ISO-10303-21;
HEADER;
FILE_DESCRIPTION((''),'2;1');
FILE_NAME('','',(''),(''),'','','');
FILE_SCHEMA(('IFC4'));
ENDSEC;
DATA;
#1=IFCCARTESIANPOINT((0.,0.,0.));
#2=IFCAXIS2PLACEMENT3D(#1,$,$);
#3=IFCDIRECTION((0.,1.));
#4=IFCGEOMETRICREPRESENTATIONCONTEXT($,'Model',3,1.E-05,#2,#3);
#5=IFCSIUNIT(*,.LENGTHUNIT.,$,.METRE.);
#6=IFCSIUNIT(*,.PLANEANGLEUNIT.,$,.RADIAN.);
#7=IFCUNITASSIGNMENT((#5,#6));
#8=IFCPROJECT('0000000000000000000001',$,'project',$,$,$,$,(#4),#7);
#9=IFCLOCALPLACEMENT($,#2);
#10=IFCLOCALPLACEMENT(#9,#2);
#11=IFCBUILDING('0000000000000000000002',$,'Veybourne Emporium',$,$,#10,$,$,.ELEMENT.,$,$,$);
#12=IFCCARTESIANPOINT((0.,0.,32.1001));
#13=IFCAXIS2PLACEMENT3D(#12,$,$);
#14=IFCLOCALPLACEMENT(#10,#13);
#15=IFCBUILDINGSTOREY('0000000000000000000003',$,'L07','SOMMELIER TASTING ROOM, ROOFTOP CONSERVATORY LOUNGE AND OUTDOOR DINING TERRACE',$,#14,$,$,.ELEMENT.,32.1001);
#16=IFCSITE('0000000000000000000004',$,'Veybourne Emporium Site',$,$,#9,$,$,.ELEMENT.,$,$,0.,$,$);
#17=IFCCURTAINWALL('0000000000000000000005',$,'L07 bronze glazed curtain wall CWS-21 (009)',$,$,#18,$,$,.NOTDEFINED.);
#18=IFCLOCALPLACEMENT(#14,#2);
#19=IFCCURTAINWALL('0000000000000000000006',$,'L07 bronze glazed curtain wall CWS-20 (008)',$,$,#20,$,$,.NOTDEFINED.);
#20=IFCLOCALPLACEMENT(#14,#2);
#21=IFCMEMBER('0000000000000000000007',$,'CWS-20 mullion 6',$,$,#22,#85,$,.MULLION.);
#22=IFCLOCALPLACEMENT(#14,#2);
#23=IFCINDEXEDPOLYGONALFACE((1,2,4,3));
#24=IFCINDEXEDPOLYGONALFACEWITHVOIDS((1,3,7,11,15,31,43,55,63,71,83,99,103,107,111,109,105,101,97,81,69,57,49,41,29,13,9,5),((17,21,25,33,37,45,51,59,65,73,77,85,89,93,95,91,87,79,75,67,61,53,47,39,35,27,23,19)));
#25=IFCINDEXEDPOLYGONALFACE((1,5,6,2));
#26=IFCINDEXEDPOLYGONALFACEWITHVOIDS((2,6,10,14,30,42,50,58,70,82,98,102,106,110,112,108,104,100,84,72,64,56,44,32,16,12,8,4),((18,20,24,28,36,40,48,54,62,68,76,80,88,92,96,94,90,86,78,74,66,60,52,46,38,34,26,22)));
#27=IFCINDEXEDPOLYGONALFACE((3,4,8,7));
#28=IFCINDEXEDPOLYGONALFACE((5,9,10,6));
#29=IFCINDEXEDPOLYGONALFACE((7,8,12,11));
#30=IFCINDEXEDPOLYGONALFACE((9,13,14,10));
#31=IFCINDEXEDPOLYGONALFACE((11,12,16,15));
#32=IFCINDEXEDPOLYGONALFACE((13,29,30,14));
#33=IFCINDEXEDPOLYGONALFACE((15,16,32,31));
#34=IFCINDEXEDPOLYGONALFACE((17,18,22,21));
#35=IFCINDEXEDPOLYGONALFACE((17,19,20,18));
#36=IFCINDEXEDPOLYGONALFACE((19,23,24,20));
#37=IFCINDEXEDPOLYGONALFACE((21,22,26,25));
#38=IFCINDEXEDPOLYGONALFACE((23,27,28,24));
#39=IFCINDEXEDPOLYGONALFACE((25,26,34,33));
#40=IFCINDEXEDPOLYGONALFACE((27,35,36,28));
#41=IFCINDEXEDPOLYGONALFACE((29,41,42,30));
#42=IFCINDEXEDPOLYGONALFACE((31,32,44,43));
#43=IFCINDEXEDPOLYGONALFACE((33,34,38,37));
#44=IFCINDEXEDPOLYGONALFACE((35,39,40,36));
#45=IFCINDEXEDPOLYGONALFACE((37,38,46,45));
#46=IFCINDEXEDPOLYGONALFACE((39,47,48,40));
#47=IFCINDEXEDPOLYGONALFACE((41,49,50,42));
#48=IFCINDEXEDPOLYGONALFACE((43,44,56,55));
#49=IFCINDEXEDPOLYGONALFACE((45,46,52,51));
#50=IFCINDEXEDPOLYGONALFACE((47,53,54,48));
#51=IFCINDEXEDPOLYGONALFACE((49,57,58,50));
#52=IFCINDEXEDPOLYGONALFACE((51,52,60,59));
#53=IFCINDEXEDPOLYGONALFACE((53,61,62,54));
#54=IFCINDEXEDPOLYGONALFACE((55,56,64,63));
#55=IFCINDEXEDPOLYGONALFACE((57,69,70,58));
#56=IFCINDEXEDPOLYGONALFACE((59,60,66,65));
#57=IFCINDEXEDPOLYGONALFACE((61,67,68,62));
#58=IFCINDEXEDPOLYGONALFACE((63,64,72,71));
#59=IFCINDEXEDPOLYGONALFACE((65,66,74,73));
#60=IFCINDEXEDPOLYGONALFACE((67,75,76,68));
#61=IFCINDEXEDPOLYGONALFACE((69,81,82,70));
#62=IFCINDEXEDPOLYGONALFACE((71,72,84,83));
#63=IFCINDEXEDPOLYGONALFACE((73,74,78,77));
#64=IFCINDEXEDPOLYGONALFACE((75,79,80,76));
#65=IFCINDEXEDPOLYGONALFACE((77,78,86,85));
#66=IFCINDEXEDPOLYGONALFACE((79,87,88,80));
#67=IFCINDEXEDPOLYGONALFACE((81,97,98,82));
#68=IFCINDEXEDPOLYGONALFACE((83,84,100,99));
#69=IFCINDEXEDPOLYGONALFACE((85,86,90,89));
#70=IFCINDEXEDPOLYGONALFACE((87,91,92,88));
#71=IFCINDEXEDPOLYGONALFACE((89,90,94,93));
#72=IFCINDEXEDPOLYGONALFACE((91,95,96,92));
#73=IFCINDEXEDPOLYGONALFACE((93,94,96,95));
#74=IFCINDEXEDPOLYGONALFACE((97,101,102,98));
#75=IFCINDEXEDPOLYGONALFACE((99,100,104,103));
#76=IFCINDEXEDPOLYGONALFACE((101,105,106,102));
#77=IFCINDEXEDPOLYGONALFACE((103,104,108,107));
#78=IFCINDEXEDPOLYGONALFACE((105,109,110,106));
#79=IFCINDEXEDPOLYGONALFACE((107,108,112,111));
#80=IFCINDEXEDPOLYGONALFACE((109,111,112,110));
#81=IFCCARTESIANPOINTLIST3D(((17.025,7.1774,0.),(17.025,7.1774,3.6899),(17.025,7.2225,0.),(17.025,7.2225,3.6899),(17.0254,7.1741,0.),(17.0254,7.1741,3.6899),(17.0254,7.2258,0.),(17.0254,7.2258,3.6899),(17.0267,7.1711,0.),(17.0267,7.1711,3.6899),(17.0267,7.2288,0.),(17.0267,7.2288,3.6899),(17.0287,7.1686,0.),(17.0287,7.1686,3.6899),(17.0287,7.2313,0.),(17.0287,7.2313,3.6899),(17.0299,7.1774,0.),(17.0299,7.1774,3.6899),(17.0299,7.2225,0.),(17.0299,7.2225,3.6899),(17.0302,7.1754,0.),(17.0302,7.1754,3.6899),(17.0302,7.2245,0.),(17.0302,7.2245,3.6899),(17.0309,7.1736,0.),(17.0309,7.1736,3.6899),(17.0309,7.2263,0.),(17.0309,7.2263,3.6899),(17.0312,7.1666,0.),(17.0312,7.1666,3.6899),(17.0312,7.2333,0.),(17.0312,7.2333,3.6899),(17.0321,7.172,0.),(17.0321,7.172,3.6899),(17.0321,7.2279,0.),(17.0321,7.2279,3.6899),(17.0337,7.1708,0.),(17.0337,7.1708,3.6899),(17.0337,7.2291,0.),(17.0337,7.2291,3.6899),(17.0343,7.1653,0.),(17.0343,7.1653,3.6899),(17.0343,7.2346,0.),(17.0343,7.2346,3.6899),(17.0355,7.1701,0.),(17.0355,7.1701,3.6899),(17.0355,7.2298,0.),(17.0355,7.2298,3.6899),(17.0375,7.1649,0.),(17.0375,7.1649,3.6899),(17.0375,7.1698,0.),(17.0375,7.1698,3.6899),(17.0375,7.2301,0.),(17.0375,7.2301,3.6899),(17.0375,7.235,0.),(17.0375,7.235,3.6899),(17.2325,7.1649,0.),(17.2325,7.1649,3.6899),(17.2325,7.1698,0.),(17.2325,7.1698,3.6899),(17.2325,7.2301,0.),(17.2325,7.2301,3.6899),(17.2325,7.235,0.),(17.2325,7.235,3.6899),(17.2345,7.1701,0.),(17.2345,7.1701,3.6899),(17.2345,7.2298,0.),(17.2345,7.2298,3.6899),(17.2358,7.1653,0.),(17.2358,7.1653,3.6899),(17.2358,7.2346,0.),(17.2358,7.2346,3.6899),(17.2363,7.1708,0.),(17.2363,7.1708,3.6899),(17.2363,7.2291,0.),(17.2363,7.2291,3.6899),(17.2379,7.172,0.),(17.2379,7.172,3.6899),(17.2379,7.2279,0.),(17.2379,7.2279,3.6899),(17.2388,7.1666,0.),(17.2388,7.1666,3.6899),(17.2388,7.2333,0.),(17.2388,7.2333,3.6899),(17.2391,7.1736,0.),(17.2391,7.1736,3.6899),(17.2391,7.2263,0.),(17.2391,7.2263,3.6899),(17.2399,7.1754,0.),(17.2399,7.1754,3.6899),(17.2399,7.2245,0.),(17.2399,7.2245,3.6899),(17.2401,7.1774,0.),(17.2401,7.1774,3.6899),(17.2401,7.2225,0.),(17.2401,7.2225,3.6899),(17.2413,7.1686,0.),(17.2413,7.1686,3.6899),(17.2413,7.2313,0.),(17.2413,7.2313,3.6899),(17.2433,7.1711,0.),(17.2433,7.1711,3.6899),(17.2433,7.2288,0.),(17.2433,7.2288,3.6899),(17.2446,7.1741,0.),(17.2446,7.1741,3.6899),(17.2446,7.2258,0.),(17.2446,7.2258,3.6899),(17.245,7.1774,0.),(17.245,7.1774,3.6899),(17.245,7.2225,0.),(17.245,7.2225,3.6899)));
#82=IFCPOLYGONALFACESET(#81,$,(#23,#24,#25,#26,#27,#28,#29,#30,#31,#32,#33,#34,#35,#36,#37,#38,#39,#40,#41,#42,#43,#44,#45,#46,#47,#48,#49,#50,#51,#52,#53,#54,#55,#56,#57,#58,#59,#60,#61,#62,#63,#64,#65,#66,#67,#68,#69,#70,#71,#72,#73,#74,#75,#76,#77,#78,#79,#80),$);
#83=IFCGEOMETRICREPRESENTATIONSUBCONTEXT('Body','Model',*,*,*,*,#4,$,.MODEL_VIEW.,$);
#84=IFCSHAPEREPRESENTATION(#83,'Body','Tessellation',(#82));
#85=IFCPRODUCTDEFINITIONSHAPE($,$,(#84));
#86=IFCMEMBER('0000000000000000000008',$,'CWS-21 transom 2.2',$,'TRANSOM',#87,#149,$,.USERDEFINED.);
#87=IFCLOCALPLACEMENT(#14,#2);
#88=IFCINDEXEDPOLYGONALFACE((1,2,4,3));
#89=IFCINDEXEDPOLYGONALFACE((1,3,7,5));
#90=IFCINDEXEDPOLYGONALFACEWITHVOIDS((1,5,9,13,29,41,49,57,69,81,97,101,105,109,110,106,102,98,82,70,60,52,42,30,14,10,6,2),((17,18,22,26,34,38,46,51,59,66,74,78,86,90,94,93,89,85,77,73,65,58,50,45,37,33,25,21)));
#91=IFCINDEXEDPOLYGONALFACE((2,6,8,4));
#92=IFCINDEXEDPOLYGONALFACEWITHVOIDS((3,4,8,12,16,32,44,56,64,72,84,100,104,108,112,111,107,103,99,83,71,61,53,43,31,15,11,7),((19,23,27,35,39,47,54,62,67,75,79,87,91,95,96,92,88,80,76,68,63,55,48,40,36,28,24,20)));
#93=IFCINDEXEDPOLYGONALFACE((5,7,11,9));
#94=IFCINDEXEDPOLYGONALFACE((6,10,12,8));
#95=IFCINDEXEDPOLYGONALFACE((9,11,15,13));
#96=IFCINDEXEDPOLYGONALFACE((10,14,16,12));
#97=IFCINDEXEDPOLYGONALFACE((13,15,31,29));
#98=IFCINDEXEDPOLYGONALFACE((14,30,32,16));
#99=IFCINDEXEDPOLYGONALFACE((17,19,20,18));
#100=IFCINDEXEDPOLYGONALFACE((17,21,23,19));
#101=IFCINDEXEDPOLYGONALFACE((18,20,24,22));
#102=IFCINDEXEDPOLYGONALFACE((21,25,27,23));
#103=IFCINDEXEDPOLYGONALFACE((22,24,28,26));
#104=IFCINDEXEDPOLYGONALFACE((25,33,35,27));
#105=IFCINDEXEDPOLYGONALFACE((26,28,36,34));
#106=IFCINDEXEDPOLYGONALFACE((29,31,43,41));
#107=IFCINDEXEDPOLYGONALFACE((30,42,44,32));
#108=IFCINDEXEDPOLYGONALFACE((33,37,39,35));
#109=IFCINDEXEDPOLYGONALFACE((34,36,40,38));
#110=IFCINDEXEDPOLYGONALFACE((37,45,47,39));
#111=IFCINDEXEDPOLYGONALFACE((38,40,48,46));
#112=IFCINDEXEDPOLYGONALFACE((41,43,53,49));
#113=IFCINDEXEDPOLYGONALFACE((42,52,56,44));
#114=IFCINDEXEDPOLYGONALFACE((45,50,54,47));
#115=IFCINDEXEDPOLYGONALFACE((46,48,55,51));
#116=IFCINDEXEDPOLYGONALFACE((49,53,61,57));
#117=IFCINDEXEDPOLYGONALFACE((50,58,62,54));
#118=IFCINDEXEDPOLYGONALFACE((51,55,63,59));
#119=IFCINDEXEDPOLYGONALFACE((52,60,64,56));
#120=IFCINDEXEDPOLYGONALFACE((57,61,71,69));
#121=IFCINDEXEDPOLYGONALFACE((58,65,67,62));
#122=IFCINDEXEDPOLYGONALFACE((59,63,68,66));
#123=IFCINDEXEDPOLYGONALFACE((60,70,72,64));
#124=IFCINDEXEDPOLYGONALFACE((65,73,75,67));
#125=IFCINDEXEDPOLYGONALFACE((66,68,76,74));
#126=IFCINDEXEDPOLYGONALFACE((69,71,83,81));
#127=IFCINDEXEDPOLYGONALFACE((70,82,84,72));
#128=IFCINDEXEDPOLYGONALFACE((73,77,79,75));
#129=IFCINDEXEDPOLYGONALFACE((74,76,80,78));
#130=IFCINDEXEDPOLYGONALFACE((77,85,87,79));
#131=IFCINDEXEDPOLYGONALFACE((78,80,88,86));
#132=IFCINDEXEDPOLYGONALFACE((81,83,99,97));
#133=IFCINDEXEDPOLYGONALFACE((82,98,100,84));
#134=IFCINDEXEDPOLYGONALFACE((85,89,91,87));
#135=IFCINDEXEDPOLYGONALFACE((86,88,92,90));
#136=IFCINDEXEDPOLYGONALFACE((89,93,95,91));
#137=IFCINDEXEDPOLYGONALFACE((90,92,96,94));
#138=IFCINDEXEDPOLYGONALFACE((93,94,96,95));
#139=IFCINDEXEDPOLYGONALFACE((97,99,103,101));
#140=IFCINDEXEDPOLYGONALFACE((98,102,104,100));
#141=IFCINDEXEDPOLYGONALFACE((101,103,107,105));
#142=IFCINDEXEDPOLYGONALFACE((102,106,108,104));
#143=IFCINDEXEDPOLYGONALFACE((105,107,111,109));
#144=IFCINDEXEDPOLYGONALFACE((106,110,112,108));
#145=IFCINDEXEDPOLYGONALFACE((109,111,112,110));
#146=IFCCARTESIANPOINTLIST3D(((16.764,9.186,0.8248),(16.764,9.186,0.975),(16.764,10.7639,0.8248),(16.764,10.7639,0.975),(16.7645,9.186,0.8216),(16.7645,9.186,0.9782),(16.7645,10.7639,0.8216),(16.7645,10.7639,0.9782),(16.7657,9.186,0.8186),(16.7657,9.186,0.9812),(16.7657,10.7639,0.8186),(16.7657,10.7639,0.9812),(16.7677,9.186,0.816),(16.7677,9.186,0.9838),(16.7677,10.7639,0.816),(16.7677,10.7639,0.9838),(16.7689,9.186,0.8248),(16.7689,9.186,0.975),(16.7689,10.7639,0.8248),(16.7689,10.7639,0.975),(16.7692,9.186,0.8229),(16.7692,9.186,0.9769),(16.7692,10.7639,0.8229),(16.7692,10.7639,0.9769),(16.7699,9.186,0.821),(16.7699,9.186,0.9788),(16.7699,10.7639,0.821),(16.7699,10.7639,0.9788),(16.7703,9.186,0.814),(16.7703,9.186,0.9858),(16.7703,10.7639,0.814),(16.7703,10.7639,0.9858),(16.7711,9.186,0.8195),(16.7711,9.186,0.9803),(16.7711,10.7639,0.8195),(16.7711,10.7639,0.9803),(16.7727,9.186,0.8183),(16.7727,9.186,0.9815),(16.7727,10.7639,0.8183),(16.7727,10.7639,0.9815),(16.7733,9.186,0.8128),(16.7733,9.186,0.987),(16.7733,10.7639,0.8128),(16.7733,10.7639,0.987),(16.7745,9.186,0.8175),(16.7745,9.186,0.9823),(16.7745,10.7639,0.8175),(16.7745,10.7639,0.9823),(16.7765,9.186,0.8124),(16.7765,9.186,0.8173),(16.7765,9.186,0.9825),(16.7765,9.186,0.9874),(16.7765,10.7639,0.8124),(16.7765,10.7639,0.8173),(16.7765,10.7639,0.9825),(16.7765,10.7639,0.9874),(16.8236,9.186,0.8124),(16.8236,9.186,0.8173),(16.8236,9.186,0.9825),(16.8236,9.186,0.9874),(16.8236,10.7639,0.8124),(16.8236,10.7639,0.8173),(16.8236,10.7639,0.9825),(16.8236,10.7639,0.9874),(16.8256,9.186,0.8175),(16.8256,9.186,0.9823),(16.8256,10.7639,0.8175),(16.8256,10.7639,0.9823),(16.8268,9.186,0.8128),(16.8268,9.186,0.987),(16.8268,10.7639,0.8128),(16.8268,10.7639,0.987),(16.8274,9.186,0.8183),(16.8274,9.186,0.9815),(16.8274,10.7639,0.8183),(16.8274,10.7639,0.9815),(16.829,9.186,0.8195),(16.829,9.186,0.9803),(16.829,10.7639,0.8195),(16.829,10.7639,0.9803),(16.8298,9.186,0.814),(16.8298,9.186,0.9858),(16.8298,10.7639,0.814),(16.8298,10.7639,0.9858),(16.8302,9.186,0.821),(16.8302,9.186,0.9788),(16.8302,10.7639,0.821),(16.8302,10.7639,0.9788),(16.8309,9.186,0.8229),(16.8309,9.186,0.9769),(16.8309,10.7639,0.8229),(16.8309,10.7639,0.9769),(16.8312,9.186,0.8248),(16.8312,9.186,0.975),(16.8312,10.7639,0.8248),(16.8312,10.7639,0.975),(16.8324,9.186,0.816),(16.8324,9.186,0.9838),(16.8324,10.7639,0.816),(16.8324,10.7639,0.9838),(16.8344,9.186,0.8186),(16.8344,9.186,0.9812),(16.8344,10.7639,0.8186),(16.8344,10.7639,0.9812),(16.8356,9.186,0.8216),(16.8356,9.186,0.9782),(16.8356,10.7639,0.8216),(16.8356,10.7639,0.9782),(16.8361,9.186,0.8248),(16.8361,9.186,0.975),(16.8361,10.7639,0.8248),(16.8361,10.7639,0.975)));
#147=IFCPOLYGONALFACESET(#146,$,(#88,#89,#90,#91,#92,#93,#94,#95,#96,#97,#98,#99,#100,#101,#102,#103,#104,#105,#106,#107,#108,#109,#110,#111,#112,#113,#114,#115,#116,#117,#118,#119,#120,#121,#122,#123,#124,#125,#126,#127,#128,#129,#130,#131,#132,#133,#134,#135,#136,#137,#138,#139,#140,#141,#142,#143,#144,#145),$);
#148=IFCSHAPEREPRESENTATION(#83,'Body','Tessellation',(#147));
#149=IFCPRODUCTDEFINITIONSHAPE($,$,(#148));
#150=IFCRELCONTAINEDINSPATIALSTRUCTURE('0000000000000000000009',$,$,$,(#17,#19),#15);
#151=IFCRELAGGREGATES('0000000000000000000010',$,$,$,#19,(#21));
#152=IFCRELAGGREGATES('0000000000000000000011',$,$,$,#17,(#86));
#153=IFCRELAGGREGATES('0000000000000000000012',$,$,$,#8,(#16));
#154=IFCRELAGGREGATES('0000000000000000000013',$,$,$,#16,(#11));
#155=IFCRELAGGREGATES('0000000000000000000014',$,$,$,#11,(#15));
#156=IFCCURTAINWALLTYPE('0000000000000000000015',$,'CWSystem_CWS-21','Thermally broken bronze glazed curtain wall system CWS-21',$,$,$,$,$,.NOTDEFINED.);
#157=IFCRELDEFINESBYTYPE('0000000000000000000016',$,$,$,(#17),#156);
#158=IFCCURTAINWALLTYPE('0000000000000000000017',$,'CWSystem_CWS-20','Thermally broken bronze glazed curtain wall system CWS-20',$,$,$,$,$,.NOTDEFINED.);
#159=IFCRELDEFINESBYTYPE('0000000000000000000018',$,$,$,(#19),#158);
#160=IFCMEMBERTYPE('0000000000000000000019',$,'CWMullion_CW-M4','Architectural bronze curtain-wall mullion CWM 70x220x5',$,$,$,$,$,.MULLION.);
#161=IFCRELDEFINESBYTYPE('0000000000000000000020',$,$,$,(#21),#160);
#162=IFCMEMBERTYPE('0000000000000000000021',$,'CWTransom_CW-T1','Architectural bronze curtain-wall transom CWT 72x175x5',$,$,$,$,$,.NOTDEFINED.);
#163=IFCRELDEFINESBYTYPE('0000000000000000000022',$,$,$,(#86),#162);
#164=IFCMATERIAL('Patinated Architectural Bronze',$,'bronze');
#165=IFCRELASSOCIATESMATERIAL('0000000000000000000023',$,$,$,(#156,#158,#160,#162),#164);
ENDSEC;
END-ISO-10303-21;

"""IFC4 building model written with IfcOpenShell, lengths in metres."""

from ifc_helpers import new_model, si_unit, direction, frame, origin, origin_2d, place, context, subcontext, project, spatial, hollow_rectangle, extrude, material, material_profile, profile_set, type_object, element, aggregate, save


model = new_model("IFC4")

# Units and contexts
model_context = context("Model", 3, precision=1e-05, world=origin(), true_north=direction((0.0, 1.0)))
body_context = subcontext(model_context, "Body", "Model", "MODEL_VIEW")
ifc_project = project(units=[si_unit("LENGTHUNIT", "METRE"), si_unit("PLANEANGLEUNIT", "RADIAN")], contexts=[model_context])

# Site, building, storey
site_placement = place(None, origin())
site = spatial("IfcSite", under=ifc_project, at=site_placement, Name="Veybourne Emporium Site", CompositionType="ELEMENT", RefElevation=0.0)
building_placement = place(site_placement, origin())
building = spatial("IfcBuilding", under=site, at=building_placement, Name="Veybourne Emporium", CompositionType="ELEMENT")
storey_placement = place(building_placement, frame((0.0, 0.0, 32.1001)))
storey = spatial("IfcBuildingStorey", under=building, at=storey_placement, Name="L07", Description="SOMMELIER TASTING ROOM, ROOFTOP CONSERVATORY LOUNGE AND OUTDOOR DINING TERRACE", CompositionType="ELEMENT", Elevation=32.1001)

# Curtain walls, member
ifc_material_1 = material(Name="Patinated Architectural Bronze", Category="bronze")
curtain_wall_type_1 = type_object("IfcCurtainWallType", Name="CWSystem_CWS-21", Description="Thermally broken bronze glazed curtain wall system CWS-21", PredefinedType="NOTDEFINED", material=ifc_material_1)
curtain_wall_1_placement = place(storey_placement, origin())
curtain_wall_1 = element("IfcCurtainWall", 1, at=curtain_wall_1_placement, inside=storey, type_object=curtain_wall_type_1, Name="L07 bronze glazed curtain wall CWS-21 (009)", PredefinedType="NOTDEFINED")
curtain_wall_type_2 = type_object("IfcCurtainWallType", Name="CWSystem_CWS-20", Description="Thermally broken bronze glazed curtain wall system CWS-20", PredefinedType="NOTDEFINED", material=ifc_material_1)
curtain_wall_2_placement = place(storey_placement, origin())
curtain_wall_2 = element("IfcCurtainWall", 2, at=curtain_wall_2_placement, inside=storey, type_object=curtain_wall_type_2, Name="L07 bronze glazed curtain wall CWS-20 (008)", PredefinedType="NOTDEFINED")
ifc_material_profile_1 = material_profile(ifc_material_1, hollow_rectangle(XDim=0.0701, YDim=0.22, WallThickness=0.0049, InnerFilletRadius=0.0076, OuterFilletRadius=0.0125, at=origin_2d()), Name="CWM 70x220x5")
ifc_profile_set_1 = profile_set([ifc_material_profile_1], Name="Patinated Architectural Bronze")
member_type_1 = type_object("IfcMemberType", Name="CWMullion_CW-M4", Description="Architectural bronze curtain-wall mullion CWM 70x220x5", PredefinedType="MULLION", material=ifc_profile_set_1)
member_1_placement = place(storey_placement, frame((17.135, 7.2, 0.0), z_axis=(0.0, 0.0, 1.0), x_axis=(0.0, -1.0, 0.0)))
member_1 = element("IfcMember", 3, at=member_1_placement, type_object=member_type_1, Name="CWS-20 mullion 6", PredefinedType="MULLION", context=body_context, shape_type="SweptSolid", body=[
    extrude(hollow_rectangle(XDim=0.0701, YDim=0.22, WallThickness=0.0049, InnerFilletRadius=0.0076, OuterFilletRadius=0.0125, at=origin_2d()), origin(), (0.0, 0.0, 1.0), 3.6899),
])

# Member
ifc_material_profile_2 = material_profile(ifc_material_1, hollow_rectangle(XDim=0.072, YDim=0.175, WallThickness=0.0049, InnerFilletRadius=0.0076, OuterFilletRadius=0.0125, at=origin_2d()), Name="CWT 72x175x5")
ifc_profile_set_2 = profile_set([ifc_material_profile_2], Name="Patinated Architectural Bronze")
member_type_2 = type_object("IfcMemberType", Name="CWTransom_CW-T1", Description="Architectural bronze curtain-wall transom CWT 72x175x5", PredefinedType="NOTDEFINED", material=ifc_profile_set_2)
member_2_placement = place(storey_placement, frame((16.8, 9.186, 0.8999), z_axis=(0.0, 1.0, 0.0), x_axis=(-1.0, 0.0, 0.0)))
member_2 = element("IfcMember", 4, at=member_2_placement, type_object=member_type_2, Name="CWS-21 transom 2.2", ObjectType="TRANSOM", PredefinedType="USERDEFINED", context=body_context, shape_type="SweptSolid", body=[
    extrude(hollow_rectangle(XDim=0.072, YDim=0.175, WallThickness=0.0049, InnerFilletRadius=0.0076, OuterFilletRadius=0.0125, at=origin_2d()), origin(), (0.0, 0.0, 1.0), 1.5779),
])

aggregate(curtain_wall_2, [member_1])
aggregate(curtain_wall_1, [member_2])

save(model, "model.ifc")
